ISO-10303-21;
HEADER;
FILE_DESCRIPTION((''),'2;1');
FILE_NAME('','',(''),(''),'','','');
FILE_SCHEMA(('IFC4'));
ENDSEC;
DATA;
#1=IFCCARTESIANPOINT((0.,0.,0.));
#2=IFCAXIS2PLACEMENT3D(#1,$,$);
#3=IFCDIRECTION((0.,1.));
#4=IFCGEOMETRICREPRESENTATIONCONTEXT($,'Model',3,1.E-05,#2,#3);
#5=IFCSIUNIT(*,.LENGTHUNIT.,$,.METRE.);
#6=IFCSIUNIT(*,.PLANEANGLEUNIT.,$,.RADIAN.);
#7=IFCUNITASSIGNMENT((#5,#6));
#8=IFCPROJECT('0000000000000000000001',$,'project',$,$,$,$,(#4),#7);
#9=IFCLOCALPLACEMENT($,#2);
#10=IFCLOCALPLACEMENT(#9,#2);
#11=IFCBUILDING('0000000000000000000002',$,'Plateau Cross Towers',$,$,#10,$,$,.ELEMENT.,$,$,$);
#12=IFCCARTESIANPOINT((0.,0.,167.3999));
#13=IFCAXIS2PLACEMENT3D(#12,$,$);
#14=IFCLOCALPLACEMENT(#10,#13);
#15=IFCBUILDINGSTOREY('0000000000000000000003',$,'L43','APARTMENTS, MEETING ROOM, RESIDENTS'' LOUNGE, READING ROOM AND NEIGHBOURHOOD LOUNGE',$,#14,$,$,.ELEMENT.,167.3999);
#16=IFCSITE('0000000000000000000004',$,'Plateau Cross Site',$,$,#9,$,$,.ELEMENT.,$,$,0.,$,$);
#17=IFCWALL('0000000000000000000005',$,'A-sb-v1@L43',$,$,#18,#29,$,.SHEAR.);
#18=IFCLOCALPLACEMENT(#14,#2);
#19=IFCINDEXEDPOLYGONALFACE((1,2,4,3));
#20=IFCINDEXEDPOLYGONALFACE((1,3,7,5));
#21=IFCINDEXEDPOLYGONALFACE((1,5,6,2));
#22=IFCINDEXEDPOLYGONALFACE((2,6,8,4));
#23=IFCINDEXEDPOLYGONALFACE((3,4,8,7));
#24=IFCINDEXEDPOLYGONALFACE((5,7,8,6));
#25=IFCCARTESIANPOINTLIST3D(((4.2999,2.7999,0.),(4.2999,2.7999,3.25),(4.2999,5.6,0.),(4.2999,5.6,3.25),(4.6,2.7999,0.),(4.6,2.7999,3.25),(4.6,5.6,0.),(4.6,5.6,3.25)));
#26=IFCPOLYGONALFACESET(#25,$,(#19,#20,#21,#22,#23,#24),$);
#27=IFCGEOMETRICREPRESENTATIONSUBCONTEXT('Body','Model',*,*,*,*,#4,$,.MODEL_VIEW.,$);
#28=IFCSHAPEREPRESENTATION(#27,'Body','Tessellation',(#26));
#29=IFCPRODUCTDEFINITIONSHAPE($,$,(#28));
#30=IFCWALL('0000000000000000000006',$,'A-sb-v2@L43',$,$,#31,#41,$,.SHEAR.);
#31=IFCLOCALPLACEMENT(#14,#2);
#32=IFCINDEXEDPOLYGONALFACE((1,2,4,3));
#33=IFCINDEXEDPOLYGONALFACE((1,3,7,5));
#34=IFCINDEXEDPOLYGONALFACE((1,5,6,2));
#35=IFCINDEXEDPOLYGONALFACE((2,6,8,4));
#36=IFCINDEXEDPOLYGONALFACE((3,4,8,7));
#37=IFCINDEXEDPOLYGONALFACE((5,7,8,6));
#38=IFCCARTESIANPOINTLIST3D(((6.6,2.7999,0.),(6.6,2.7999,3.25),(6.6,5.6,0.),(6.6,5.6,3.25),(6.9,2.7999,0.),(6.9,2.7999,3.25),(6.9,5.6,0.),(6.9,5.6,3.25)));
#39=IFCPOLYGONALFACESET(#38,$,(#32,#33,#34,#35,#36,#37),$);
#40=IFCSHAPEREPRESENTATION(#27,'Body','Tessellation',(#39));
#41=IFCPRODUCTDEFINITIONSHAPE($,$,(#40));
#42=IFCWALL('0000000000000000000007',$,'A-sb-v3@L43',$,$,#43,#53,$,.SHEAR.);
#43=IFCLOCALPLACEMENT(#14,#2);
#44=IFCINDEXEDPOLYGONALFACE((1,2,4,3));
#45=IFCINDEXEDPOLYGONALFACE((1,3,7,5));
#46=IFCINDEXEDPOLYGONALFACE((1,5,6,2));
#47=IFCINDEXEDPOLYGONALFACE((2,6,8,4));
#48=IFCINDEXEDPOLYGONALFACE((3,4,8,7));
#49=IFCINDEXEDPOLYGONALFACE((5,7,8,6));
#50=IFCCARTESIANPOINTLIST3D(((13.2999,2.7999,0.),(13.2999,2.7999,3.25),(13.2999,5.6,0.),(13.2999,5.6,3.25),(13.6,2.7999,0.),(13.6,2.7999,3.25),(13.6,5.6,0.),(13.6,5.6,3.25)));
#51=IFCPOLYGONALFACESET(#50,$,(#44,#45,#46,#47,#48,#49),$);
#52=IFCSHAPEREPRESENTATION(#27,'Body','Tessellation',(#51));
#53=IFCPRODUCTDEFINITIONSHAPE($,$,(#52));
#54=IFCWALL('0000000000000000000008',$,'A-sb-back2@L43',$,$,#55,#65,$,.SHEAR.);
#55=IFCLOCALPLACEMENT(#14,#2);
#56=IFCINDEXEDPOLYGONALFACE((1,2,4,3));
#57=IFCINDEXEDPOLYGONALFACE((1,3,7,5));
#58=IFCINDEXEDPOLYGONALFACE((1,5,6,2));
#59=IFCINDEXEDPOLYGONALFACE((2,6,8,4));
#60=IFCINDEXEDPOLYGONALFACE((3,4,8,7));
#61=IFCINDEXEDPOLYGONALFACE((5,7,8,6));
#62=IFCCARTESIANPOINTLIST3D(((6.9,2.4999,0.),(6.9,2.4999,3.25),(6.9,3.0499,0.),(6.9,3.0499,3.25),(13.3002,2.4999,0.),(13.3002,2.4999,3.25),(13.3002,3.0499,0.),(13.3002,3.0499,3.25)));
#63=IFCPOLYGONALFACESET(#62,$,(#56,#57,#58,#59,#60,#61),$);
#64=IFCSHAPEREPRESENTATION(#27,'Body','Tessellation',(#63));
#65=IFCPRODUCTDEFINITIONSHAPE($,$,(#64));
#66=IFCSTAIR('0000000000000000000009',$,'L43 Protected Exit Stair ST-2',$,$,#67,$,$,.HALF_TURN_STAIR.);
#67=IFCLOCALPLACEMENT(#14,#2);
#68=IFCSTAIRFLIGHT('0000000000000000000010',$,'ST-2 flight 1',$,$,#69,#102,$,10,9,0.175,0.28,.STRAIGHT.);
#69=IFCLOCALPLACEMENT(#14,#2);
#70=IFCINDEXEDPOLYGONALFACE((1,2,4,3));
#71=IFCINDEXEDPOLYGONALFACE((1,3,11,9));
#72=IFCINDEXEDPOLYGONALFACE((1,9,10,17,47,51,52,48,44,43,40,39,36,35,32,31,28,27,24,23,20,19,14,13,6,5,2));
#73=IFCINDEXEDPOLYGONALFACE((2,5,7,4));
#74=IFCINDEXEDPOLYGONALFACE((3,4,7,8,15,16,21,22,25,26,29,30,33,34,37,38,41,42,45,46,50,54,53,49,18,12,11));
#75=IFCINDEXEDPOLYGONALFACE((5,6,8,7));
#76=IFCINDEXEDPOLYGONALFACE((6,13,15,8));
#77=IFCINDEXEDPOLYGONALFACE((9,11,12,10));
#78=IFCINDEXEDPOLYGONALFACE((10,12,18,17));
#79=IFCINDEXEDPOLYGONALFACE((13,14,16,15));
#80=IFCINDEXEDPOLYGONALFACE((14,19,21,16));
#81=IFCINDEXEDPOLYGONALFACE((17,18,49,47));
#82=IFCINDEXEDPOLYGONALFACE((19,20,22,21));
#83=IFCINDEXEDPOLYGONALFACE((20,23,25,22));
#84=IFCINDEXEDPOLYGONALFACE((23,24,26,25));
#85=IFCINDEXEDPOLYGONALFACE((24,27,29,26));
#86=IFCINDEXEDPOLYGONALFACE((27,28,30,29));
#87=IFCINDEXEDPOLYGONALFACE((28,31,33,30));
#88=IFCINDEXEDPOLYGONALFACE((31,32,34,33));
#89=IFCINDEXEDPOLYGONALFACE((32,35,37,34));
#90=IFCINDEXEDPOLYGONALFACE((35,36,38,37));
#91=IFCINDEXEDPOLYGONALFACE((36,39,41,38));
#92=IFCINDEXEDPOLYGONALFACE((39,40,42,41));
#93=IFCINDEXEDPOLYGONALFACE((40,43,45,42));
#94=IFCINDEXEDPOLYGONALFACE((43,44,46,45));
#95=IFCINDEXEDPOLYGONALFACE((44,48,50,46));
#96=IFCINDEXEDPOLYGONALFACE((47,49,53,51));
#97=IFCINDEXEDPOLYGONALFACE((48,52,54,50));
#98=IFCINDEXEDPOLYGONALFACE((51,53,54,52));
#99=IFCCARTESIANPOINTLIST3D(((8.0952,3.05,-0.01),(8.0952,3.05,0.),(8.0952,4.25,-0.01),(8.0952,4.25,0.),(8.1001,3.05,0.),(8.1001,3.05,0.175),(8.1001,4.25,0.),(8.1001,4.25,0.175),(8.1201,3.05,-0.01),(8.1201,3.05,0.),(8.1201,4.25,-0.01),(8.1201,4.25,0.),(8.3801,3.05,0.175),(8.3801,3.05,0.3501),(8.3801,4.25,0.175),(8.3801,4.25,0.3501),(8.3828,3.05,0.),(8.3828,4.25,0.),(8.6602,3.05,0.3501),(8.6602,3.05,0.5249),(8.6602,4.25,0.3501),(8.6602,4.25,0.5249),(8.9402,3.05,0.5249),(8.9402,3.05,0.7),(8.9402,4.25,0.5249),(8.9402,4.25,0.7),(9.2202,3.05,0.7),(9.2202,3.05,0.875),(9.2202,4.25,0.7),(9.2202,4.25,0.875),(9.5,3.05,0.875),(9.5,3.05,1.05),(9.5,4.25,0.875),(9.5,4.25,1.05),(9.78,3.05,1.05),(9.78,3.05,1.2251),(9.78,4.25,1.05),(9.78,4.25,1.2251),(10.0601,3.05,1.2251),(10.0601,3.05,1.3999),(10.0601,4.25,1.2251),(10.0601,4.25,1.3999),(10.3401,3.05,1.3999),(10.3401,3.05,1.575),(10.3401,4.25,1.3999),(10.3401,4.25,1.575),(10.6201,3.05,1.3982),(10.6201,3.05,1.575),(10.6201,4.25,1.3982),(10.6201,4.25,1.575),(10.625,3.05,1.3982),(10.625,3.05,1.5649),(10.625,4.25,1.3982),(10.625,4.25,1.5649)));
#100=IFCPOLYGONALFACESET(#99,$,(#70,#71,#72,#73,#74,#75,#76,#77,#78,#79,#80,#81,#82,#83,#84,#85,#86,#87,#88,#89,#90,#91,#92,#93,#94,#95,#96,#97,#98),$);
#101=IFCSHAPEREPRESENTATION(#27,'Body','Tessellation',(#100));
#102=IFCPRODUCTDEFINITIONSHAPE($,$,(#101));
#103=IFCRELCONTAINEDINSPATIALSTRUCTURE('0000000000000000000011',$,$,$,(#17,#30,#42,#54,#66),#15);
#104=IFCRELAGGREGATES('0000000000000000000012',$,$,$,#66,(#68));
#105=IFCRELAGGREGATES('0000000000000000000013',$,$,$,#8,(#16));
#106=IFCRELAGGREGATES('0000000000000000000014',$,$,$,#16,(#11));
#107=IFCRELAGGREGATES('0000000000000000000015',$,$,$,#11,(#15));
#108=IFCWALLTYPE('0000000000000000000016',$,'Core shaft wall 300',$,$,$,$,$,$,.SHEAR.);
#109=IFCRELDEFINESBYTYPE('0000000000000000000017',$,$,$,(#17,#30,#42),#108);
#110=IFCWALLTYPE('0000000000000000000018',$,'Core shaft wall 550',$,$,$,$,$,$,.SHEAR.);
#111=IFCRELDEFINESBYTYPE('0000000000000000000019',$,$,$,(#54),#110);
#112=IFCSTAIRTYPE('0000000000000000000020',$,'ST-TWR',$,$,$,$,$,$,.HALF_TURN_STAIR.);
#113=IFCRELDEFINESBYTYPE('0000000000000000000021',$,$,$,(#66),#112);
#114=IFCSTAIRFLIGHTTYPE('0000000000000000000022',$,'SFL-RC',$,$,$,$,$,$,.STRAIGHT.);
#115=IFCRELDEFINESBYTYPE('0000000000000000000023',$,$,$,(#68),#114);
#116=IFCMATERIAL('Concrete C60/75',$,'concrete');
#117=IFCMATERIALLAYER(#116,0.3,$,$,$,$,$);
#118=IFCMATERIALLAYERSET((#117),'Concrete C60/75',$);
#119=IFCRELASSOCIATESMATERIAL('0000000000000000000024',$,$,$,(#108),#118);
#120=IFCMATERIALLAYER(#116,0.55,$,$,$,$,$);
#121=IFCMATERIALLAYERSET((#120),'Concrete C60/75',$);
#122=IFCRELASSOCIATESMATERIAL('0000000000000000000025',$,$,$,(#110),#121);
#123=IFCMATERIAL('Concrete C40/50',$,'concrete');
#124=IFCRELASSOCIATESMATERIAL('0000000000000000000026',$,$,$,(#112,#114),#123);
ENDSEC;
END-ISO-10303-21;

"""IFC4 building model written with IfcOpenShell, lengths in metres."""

from ifc_helpers import new_model, si_unit, direction, frame, frame_2d, origin, place, context, subcontext, project, spatial, polyline, rectangle, outline, extrude, material, layer, layer_set, type_object, element, aggregate, save


model = new_model("IFC4")

# Units and contexts
model_context = context("Model", 3, precision=1e-05, world=origin(), true_north=direction((0.0, 1.0)))
body_context = subcontext(model_context, "Body", "Model", "MODEL_VIEW")
ifc_project = project(units=[si_unit("LENGTHUNIT", "METRE"), si_unit("PLANEANGLEUNIT", "RADIAN")], contexts=[model_context])

# Site, building, storey
site_placement = place(None, origin())
site = spatial("IfcSite", under=ifc_project, at=site_placement, Name="Plateau Cross Site", CompositionType="ELEMENT", RefElevation=0.0)
building_placement = place(site_placement, origin())
building = spatial("IfcBuilding", under=site, at=building_placement, Name="Plateau Cross Towers", CompositionType="ELEMENT")
storey_placement = place(building_placement, frame((0.0, 0.0, 167.3999)))
storey = spatial("IfcBuildingStorey", under=building, at=storey_placement, Name="L43", Description="APARTMENTS, MEETING ROOM, RESIDENTS' LOUNGE, READING ROOM AND NEIGHBOURHOOD LOUNGE", CompositionType="ELEMENT", Elevation=167.3999)

# Walls
ifc_material_1 = material(Name="Concrete C60/75", Category="concrete")
ifc_layer_1 = layer(ifc_material_1, 0.3)
ifc_layer_set_1 = layer_set([ifc_layer_1], Name="Concrete C60/75")
wall_type_1 = type_object("IfcWallType", Name="Core shaft wall 300", PredefinedType="SHEAR", material=ifc_layer_set_1)
for number, where, z_axis, x_axis, name in (
    (1, (4.45, 2.8, 0.0), (0.0, 0.0, 1.0), (0.0, 1.0, 0.0), "A-sb-v1@L43"),
    (2, (6.75, 2.8, 0.0), (0.0, 0.0, 1.0), (0.0, 1.0, 0.0), "A-sb-v2@L43"),
    (3, (13.45, 2.8, 0.0), (0.0, 0.0, 1.0), (0.0, 1.0, 0.0), "A-sb-v3@L43"),
):
    element("IfcWall", number, at=place(storey_placement, frame(where, z_axis=z_axis, x_axis=x_axis)), inside=storey, type_object=wall_type_1, Name=name, PredefinedType="SHEAR", context=body_context, shape_type="SweptSolid", body=[
        extrude(rectangle(XDim=2.8, YDim=0.3, at=frame_2d((1.3999, 0.0))), origin(), (0.0, 0.0, 1.0), 3.25),
    ])
ifc_layer_2 = layer(ifc_material_1, 0.55)
ifc_layer_set_2 = layer_set([ifc_layer_2], Name="Concrete C60/75")
wall_type_2 = type_object("IfcWallType", Name="Core shaft wall 550", PredefinedType="SHEAR", material=ifc_layer_set_2)
wall_1_placement = place(storey_placement, frame((6.8999, 2.7749, 0.0), z_axis=(0.0, 0.0, 1.0), x_axis=(1.0, 0.0, 0.0)))
element("IfcWall", 4, at=wall_1_placement, inside=storey, type_object=wall_type_2, Name="A-sb-back2@L43", PredefinedType="SHEAR", context=body_context, shape_type="SweptSolid", body=[
    extrude(rectangle(XDim=6.4001, YDim=0.55, at=frame_2d((3.2002, 0.0))), origin(), (0.0, 0.0, 1.0), 3.25),
])

# Stair, stair flight
ifc_material_2 = material(Name="Concrete C40/50", Category="concrete")
stair_type = type_object("IfcStairType", Name="ST-TWR", PredefinedType="HALF_TURN_STAIR", material=ifc_material_2)
stair_placement = place(storey_placement, origin())
stair = element("IfcStair", 5, at=stair_placement, inside=storey, type_object=stair_type, Name="L43 Protected Exit Stair ST-2", PredefinedType="HALF_TURN_STAIR")
stair_flight_type = type_object("IfcStairFlightType", Name="SFL-RC", PredefinedType="STRAIGHT", material=ifc_material_2)
stair_flight_placement = place(storey_placement, frame((8.1001, 3.6499, 0.0), z_axis=(0.0, 0.0, 1.0), x_axis=(1.0, 0.0, 0.0)))
stair_flight = element("IfcStairFlight", 6, at=stair_flight_placement, type_object=stair_flight_type, Name="ST-2 flight 1", NumberOfRisers=10, NumberOfTreads=9, PredefinedType="STRAIGHT", RiserHeight=0.175, TreadLength=0.28, context=body_context, shape_type="SweptSolid", body=[
    extrude(outline(polyline([(-0.0049, -0.01), (-0.0049, 0.0), (0.0, 0.0), (0.0, 0.175), (0.28, 0.175), (0.28, 0.3501), (0.5601, 0.3501), (0.5601, 0.5249), (0.8401, 0.5249), (0.8401, 0.7), (1.1201, 0.7), (1.1201, 0.875), (1.3999, 0.875), (1.3999, 1.05), (1.6799, 1.05), (1.6799, 1.2251), (1.96, 1.2251), (1.96, 1.3999), (2.24, 1.3999), (2.24, 1.575), (2.52, 1.575), (2.5249, 1.5649), (2.5249, 1.3982), (2.52, 1.3982), (0.2827, 0.0), (0.02, 0.0), (0.02, -0.01), (-0.0049, -0.01)])), frame((0.0, 0.6001, 0.0), z_axis=(0.0, -1.0, 0.0), x_axis=(1.0, 0.0, 0.0)), (0.0, 0.0, 1.0), 1.2),
])
aggregate(stair, [stair_flight])

save(model, "model.ifc")
